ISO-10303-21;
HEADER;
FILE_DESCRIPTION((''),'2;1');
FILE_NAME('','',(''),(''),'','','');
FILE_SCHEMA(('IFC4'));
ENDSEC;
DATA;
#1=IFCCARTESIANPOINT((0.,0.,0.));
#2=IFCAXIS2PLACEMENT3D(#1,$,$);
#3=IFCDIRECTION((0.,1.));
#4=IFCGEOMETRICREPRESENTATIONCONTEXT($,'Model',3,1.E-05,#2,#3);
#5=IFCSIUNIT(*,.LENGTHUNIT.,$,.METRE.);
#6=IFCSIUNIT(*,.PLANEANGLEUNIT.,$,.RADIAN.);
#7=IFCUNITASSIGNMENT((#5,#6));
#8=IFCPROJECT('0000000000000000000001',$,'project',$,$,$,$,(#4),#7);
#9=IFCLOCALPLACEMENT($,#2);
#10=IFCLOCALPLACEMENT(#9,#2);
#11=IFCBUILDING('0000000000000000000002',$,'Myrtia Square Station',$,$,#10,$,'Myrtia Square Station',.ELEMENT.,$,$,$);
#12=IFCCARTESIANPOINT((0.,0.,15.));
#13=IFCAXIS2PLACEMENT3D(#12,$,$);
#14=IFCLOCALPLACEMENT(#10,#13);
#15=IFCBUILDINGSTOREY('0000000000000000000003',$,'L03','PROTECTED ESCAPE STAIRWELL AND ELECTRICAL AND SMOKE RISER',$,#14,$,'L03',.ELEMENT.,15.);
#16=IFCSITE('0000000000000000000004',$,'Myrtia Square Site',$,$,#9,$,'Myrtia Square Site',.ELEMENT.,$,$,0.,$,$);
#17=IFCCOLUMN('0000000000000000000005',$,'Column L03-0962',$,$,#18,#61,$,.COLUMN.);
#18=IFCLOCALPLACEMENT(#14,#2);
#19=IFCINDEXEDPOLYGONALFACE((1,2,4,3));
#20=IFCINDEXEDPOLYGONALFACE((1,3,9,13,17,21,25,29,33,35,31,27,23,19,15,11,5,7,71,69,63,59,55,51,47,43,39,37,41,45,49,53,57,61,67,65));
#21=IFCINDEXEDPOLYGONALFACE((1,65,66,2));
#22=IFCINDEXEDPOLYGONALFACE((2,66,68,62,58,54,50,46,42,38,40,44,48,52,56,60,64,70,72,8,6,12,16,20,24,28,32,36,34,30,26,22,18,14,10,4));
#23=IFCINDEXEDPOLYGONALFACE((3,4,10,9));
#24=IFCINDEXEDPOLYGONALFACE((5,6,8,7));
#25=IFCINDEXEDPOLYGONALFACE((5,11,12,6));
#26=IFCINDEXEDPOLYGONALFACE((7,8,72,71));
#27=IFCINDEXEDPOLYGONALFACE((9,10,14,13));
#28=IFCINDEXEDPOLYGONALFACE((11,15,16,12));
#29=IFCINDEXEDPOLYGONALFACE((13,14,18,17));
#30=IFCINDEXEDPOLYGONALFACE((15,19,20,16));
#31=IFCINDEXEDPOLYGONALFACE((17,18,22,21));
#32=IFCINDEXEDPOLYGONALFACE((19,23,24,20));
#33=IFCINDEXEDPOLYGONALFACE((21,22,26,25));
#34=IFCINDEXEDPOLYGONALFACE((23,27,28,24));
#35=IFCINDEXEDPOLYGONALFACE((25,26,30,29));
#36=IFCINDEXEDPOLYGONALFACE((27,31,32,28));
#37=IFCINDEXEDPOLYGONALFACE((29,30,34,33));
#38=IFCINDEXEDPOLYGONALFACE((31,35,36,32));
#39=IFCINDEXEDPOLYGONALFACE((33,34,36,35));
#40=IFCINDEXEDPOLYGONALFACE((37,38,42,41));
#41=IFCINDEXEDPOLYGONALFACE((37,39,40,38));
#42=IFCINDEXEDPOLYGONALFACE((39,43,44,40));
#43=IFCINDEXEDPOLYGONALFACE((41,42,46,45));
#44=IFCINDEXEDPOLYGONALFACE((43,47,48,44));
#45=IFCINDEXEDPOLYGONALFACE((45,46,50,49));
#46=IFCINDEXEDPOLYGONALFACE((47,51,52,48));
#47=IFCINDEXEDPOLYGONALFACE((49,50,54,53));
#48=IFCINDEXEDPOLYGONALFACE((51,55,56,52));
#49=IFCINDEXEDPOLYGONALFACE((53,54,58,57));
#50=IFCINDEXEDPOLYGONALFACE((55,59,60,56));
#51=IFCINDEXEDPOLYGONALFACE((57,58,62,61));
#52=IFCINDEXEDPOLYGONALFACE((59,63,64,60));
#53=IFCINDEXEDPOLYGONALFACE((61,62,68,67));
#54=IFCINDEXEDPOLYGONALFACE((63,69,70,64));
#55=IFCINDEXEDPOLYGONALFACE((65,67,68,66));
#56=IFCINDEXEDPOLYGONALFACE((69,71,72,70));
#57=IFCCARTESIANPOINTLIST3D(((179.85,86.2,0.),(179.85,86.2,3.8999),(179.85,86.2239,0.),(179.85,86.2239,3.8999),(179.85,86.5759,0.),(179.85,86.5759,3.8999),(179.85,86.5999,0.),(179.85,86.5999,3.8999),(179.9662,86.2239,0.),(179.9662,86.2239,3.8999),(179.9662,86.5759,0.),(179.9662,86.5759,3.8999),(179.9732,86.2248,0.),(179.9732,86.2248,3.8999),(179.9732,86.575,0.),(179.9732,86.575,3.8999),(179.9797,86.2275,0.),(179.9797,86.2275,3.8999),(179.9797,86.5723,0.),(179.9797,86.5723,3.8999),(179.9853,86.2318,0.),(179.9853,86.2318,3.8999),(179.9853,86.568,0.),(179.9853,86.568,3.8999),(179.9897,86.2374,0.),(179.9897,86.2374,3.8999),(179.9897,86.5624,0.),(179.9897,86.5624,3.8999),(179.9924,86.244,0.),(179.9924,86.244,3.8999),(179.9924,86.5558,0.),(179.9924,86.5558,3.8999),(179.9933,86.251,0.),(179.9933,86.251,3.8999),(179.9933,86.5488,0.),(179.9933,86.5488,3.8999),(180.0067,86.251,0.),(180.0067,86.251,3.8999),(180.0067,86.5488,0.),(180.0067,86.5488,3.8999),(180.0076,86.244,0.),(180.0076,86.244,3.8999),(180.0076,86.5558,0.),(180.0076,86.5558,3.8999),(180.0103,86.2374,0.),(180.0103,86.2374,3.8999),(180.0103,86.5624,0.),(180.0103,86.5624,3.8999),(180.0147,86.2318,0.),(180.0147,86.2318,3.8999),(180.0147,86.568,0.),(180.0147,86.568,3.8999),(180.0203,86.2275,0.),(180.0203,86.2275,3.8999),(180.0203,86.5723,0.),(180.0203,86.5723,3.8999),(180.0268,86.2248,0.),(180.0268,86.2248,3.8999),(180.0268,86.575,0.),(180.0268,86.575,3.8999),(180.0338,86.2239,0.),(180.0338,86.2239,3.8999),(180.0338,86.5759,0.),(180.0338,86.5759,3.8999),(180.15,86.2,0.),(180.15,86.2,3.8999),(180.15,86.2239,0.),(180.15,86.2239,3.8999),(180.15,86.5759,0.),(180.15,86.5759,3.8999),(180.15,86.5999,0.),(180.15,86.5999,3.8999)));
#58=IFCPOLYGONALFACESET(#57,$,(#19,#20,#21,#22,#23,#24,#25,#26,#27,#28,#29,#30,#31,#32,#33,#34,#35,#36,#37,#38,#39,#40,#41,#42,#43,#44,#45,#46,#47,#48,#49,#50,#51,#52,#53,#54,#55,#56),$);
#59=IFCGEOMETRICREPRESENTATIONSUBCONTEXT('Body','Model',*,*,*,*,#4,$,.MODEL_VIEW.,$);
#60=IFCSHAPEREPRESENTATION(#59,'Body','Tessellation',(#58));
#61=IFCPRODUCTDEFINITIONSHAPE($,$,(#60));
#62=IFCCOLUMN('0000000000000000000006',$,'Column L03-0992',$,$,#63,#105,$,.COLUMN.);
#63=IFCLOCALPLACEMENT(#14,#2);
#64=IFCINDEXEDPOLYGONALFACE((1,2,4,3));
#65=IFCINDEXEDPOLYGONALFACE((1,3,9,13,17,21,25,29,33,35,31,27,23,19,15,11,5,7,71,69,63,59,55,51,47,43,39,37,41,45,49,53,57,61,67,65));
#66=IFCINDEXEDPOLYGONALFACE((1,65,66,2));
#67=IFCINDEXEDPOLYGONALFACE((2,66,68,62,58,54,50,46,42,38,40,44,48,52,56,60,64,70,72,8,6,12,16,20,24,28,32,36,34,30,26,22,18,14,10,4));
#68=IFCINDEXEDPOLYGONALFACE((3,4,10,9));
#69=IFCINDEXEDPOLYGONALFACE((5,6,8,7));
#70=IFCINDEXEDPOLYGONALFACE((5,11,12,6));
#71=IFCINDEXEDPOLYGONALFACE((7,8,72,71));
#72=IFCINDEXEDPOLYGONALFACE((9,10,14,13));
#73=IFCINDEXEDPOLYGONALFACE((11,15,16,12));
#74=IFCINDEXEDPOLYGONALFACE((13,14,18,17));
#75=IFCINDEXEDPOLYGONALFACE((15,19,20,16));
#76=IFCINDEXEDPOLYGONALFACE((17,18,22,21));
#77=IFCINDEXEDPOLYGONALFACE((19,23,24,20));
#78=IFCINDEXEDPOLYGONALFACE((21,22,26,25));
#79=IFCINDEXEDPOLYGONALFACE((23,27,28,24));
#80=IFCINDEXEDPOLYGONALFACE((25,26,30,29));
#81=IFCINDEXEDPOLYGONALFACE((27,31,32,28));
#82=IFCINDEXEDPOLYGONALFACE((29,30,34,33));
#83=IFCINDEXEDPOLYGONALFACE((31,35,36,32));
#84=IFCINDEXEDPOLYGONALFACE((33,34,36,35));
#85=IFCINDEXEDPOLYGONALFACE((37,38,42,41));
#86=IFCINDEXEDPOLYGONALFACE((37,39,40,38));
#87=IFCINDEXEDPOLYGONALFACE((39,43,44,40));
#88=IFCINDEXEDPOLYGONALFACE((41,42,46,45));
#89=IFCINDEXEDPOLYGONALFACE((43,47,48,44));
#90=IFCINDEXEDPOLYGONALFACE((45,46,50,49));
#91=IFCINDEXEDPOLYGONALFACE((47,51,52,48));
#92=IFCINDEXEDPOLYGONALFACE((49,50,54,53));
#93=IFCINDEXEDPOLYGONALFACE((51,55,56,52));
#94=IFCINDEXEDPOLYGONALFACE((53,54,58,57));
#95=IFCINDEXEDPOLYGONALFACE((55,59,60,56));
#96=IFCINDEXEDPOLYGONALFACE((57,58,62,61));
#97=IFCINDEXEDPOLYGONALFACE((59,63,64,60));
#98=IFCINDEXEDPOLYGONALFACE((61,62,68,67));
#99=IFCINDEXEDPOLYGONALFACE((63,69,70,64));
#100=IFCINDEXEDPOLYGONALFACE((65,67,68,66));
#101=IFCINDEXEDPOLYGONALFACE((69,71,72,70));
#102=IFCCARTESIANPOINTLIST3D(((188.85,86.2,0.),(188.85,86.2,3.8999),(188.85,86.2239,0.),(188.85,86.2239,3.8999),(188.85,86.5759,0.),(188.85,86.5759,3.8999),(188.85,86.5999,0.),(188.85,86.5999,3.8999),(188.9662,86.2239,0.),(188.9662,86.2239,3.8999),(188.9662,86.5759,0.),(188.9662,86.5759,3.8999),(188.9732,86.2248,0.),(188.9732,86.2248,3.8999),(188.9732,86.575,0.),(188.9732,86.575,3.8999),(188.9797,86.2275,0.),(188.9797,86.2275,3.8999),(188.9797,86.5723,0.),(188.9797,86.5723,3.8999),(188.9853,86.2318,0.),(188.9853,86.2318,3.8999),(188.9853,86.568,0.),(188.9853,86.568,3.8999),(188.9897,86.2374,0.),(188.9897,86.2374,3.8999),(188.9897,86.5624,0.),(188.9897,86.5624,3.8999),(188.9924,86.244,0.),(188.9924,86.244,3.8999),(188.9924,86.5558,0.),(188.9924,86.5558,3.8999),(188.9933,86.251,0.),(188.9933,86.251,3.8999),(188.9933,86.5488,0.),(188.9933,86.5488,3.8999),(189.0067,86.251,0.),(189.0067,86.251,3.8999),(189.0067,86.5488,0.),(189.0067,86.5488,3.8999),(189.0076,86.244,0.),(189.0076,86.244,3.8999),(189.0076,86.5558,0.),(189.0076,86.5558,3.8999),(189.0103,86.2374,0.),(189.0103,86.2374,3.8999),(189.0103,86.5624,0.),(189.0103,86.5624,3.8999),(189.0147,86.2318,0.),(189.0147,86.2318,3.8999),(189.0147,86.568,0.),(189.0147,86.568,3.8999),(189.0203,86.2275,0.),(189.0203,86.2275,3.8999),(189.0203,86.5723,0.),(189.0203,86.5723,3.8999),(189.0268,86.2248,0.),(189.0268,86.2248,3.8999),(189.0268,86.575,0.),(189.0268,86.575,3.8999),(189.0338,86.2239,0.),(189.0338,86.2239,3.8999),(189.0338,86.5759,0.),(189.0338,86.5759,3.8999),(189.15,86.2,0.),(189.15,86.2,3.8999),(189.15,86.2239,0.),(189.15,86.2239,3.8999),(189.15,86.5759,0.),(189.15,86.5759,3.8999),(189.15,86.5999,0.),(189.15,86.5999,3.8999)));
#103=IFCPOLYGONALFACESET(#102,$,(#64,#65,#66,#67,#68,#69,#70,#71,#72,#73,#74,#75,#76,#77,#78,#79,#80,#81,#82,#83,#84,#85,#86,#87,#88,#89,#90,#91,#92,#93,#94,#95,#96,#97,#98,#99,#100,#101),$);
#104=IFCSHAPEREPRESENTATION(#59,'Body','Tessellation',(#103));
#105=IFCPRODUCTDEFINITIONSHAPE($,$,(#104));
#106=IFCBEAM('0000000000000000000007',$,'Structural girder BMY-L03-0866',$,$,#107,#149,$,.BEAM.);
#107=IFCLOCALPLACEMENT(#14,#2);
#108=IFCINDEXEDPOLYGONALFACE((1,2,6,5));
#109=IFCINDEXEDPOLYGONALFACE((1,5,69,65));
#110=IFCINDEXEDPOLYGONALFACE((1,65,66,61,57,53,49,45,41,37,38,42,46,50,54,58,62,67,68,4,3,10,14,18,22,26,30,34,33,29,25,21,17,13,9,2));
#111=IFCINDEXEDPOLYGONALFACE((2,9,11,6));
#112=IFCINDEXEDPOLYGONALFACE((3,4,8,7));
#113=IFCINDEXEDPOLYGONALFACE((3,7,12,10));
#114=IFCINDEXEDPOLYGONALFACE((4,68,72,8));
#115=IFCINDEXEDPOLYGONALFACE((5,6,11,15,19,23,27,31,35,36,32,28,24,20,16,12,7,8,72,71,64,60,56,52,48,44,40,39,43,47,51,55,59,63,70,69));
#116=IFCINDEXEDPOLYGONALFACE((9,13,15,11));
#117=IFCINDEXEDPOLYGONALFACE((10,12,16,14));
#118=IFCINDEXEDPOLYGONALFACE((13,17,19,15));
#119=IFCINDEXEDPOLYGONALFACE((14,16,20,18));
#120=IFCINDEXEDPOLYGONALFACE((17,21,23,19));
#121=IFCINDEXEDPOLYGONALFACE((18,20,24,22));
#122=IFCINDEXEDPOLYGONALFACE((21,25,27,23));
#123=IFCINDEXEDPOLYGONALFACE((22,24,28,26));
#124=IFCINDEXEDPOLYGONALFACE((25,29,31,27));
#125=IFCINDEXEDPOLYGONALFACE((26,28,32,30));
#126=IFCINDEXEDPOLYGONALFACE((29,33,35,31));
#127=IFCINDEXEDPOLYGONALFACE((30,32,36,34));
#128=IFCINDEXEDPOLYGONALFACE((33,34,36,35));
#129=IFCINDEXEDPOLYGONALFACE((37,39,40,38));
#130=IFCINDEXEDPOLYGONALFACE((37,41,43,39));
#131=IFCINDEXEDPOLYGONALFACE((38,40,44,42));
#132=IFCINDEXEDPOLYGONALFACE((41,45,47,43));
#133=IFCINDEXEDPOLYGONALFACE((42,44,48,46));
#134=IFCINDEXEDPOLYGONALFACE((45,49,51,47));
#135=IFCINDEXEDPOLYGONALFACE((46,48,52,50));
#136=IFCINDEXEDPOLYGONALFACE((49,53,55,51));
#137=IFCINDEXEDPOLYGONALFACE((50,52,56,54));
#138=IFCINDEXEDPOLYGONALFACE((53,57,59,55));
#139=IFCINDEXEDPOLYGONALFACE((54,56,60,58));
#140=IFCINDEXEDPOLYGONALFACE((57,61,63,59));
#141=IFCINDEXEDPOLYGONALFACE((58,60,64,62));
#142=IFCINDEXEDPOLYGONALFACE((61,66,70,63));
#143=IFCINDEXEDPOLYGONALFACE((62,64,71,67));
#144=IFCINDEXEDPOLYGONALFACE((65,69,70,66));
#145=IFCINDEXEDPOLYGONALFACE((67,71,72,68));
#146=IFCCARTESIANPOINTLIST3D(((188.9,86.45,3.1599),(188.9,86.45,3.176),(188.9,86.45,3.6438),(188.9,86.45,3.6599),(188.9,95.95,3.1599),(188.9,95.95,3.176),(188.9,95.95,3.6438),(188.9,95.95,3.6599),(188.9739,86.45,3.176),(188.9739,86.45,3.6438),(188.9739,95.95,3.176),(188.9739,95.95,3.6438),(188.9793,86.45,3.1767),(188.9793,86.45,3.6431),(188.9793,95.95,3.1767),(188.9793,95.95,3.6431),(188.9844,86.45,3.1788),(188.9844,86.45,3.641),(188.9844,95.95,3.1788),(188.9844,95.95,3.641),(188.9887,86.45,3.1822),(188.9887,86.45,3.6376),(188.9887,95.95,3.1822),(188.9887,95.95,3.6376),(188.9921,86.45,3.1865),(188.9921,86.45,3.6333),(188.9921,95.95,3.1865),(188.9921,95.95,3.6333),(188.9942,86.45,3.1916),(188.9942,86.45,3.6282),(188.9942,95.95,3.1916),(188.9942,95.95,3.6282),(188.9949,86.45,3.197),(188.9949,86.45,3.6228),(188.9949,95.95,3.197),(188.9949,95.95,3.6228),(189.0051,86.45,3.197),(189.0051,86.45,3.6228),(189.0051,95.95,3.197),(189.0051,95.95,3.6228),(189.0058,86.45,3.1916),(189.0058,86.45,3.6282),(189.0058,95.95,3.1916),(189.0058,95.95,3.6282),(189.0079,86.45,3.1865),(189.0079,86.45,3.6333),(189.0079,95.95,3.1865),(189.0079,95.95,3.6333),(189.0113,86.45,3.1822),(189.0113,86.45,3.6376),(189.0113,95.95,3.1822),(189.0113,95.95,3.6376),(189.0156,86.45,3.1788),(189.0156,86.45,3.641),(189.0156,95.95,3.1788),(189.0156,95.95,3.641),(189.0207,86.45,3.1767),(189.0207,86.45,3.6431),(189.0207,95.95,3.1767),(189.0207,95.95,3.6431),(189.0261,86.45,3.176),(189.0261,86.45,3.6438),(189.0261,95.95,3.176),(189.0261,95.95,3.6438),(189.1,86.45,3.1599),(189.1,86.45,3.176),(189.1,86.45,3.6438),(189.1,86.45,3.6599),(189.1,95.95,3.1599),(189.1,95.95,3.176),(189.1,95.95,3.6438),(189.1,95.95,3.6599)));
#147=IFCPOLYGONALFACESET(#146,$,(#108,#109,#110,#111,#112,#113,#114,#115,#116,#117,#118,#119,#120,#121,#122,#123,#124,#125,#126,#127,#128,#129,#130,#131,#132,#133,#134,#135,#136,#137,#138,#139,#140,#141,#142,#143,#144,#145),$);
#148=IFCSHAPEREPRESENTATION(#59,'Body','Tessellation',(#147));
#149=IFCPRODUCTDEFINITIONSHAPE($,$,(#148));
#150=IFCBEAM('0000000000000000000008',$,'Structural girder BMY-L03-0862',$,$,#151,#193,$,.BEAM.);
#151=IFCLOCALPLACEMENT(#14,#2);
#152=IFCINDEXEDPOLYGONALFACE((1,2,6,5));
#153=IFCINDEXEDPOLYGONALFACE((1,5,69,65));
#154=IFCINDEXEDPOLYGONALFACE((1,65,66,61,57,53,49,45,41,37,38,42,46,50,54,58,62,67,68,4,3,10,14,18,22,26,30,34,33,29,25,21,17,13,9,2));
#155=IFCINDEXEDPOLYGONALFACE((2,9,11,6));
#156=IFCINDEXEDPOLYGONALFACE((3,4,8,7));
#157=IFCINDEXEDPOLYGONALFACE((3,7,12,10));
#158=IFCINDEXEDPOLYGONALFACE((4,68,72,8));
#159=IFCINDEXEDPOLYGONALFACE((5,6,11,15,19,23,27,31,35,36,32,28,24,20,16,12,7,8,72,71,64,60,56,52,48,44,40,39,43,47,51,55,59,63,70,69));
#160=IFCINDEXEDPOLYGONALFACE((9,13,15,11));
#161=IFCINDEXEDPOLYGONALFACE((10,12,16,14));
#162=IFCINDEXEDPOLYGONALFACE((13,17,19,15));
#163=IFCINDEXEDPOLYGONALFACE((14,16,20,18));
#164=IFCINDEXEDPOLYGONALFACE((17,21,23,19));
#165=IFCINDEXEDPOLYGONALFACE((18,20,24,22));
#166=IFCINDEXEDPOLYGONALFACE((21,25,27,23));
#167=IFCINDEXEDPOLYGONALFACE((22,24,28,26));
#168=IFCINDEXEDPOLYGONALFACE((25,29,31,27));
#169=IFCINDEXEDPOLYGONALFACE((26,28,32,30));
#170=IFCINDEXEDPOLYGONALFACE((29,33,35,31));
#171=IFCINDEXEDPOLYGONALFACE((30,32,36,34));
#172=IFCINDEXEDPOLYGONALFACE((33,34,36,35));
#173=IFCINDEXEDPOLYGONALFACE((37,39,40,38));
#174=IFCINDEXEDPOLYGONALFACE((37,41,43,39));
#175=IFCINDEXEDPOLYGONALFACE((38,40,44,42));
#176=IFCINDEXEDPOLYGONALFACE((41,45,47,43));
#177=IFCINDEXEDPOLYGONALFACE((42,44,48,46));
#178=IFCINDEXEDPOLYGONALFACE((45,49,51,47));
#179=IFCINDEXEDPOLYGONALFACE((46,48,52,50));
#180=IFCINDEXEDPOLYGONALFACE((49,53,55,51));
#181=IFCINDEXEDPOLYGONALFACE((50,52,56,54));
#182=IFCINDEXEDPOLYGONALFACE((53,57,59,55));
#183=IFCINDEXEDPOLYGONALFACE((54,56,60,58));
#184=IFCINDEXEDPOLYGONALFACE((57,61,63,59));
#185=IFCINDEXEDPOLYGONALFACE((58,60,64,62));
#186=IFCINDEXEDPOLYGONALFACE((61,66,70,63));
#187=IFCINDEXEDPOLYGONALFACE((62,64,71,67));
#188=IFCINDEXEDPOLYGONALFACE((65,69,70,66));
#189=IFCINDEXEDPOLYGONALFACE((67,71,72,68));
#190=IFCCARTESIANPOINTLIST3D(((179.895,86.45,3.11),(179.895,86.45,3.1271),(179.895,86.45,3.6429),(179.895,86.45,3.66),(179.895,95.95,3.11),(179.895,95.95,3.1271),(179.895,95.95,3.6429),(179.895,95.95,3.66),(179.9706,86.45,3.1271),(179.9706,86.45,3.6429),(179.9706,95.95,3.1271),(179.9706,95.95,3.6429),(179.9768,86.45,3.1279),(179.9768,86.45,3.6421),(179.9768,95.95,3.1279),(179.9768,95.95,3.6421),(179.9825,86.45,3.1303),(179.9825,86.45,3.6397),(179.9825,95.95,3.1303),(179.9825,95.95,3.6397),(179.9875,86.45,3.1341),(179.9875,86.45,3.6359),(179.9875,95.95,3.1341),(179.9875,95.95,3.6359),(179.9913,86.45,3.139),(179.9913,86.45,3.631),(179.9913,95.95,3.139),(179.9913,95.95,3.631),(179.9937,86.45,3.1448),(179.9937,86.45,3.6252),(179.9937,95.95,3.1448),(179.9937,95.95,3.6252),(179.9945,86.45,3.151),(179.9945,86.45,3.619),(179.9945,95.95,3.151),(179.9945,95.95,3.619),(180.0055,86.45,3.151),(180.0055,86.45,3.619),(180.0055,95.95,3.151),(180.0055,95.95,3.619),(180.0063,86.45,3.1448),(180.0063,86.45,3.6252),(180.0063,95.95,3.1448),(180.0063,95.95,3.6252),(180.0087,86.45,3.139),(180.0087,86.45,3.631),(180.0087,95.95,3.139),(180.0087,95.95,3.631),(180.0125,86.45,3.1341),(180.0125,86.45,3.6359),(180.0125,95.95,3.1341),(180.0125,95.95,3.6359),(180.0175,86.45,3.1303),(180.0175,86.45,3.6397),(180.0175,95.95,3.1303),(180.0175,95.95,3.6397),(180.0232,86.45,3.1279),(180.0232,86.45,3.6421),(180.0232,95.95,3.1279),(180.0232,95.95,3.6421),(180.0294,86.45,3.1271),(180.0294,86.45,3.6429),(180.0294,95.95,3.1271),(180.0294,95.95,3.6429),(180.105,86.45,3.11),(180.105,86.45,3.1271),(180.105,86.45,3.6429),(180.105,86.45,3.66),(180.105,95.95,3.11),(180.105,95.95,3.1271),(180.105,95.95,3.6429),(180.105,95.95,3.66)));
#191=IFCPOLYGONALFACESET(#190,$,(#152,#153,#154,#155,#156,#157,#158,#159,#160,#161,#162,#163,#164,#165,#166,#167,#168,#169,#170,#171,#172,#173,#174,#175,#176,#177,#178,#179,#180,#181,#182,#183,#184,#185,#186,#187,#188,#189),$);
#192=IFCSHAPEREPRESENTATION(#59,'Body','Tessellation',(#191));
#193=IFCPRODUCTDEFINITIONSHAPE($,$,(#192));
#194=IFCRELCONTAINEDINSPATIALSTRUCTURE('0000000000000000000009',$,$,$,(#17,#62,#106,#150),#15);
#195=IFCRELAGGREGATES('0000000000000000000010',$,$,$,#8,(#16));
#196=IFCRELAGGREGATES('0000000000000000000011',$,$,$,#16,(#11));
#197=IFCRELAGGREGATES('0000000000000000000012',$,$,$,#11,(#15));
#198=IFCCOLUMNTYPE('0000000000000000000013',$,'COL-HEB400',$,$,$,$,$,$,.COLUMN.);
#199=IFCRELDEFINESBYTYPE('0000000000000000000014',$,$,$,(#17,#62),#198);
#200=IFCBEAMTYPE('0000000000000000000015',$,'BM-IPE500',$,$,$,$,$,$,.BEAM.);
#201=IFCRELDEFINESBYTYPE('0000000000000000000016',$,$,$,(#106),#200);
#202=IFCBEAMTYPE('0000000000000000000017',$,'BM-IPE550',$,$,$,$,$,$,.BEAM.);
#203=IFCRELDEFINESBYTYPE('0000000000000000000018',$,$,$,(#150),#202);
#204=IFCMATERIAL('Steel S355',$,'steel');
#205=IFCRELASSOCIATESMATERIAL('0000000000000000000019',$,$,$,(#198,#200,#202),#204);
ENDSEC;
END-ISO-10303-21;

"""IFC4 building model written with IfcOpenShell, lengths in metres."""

from ifc_helpers import new_model, si_unit, direction, frame, origin, origin_2d, place, context, subcontext, project, spatial, i_section, extrude, material, material_profile, profile_set, type_object, element, save


model = new_model("IFC4")

# Units and contexts
model_context = context("Model", 3, precision=1e-05, world=origin(), true_north=direction((0.0, 1.0)))
body_context = subcontext(model_context, "Body", "Model", "MODEL_VIEW")
ifc_project = project(units=[si_unit("LENGTHUNIT", "METRE"), si_unit("PLANEANGLEUNIT", "RADIAN")], contexts=[model_context])

# Site, building, storey
site_placement = place(None, origin())
site = spatial("IfcSite", under=ifc_project, at=site_placement, Name="Myrtia Square Site", LongName="Myrtia Square Site", CompositionType="ELEMENT", RefElevation=0.0)
building_placement = place(site_placement, origin())
building = spatial("IfcBuilding", under=site, at=building_placement, Name="Myrtia Square Station", LongName="Myrtia Square Station", CompositionType="ELEMENT")
storey_placement = place(building_placement, frame((0.0, 0.0, 15.0)))
storey = spatial("IfcBuildingStorey", under=building, at=storey_placement, Name="L03", Description="PROTECTED ESCAPE STAIRWELL AND ELECTRICAL AND SMOKE RISER", LongName="L03", CompositionType="ELEMENT", Elevation=15.0)

# Columns
ifc_material_1 = material(Name="Steel S355", Category="steel")
ifc_material_profile_1 = material_profile(ifc_material_1, i_section(OverallWidth=0.3, OverallDepth=0.3999, WebThickness=0.0134, FlangeThickness=0.0239, FilletRadius=0.0271, at=origin_2d()), Name="HEB 400")
ifc_profile_set_1 = profile_set([ifc_material_profile_1], Name="Steel S355")
column_type = type_object("IfcColumnType", Name="COL-HEB400", PredefinedType="COLUMN", material=ifc_profile_set_1)
for number, where, z_axis, x_axis, name in (
    (1, (180.0, 86.3999, 0.0), (0.0, 0.0, 1.0), (1.0, 0.0, 0.0), "Column L03-0962"),
    (2, (189.0, 86.3999, 0.0), (0.0, 0.0, 1.0), (1.0, 0.0, 0.0), "Column L03-0992"),
):
    element("IfcColumn", number, at=place(storey_placement, frame(where, z_axis=z_axis, x_axis=x_axis)), inside=storey, type_object=column_type, Name=name, PredefinedType="COLUMN", context=body_context, shape_type="SweptSolid", body=[
        extrude(i_section(OverallWidth=0.3, OverallDepth=0.3999, WebThickness=0.0134, FlangeThickness=0.0239, FilletRadius=0.0271, at=origin_2d()), origin(), (0.0, 0.0, 1.0), 3.8999),
    ])

# Beams
ifc_material_profile_2 = material_profile(ifc_material_1, i_section(OverallWidth=0.2, OverallDepth=0.5, WebThickness=0.0103, FlangeThickness=0.0161, FilletRadius=0.021, at=origin_2d()), Name="IPE 500")
ifc_profile_set_2 = profile_set([ifc_material_profile_2], Name="Steel S355")
beam_type_1 = type_object("IfcBeamType", Name="BM-IPE500", PredefinedType="BEAM", material=ifc_profile_set_2)
beam_1_placement = place(storey_placement, frame((189.0, 86.45, 3.4099), z_axis=(0.0, 1.0, 0.0), x_axis=(-1.0, 0.0, 0.0)))
element("IfcBeam", 3, at=beam_1_placement, inside=storey, type_object=beam_type_1, Name="Structural girder BMY-L03-0866", PredefinedType="BEAM", context=body_context, shape_type="SweptSolid", body=[
    extrude(i_section(OverallWidth=0.2, OverallDepth=0.5, WebThickness=0.0103, FlangeThickness=0.0161, FilletRadius=0.021, at=origin_2d()), origin(), (0.0, 0.0, 1.0), 9.5),
])
ifc_material_profile_3 = material_profile(ifc_material_1, i_section(OverallWidth=0.21, OverallDepth=0.55, WebThickness=0.011, FlangeThickness=0.0171, FilletRadius=0.0239, at=origin_2d()), Name="IPE 550")
ifc_profile_set_3 = profile_set([ifc_material_profile_3], Name="Steel S355")
beam_type_2 = type_object("IfcBeamType", Name="BM-IPE550", PredefinedType="BEAM", material=ifc_profile_set_3)
beam_2_placement = place(storey_placement, frame((180.0, 86.45, 3.385), z_axis=(0.0, 1.0, 0.0), x_axis=(-1.0, 0.0, 0.0)))
element("IfcBeam", 4, at=beam_2_placement, inside=storey, type_object=beam_type_2, Name="Structural girder BMY-L03-0862", PredefinedType="BEAM", context=body_context, shape_type="SweptSolid", body=[
    extrude(i_section(OverallWidth=0.21, OverallDepth=0.55, WebThickness=0.011, FlangeThickness=0.0171, FilletRadius=0.0239, at=origin_2d()), origin(), (0.0, 0.0, 1.0), 9.5),
])

save(model, "model.ifc")
